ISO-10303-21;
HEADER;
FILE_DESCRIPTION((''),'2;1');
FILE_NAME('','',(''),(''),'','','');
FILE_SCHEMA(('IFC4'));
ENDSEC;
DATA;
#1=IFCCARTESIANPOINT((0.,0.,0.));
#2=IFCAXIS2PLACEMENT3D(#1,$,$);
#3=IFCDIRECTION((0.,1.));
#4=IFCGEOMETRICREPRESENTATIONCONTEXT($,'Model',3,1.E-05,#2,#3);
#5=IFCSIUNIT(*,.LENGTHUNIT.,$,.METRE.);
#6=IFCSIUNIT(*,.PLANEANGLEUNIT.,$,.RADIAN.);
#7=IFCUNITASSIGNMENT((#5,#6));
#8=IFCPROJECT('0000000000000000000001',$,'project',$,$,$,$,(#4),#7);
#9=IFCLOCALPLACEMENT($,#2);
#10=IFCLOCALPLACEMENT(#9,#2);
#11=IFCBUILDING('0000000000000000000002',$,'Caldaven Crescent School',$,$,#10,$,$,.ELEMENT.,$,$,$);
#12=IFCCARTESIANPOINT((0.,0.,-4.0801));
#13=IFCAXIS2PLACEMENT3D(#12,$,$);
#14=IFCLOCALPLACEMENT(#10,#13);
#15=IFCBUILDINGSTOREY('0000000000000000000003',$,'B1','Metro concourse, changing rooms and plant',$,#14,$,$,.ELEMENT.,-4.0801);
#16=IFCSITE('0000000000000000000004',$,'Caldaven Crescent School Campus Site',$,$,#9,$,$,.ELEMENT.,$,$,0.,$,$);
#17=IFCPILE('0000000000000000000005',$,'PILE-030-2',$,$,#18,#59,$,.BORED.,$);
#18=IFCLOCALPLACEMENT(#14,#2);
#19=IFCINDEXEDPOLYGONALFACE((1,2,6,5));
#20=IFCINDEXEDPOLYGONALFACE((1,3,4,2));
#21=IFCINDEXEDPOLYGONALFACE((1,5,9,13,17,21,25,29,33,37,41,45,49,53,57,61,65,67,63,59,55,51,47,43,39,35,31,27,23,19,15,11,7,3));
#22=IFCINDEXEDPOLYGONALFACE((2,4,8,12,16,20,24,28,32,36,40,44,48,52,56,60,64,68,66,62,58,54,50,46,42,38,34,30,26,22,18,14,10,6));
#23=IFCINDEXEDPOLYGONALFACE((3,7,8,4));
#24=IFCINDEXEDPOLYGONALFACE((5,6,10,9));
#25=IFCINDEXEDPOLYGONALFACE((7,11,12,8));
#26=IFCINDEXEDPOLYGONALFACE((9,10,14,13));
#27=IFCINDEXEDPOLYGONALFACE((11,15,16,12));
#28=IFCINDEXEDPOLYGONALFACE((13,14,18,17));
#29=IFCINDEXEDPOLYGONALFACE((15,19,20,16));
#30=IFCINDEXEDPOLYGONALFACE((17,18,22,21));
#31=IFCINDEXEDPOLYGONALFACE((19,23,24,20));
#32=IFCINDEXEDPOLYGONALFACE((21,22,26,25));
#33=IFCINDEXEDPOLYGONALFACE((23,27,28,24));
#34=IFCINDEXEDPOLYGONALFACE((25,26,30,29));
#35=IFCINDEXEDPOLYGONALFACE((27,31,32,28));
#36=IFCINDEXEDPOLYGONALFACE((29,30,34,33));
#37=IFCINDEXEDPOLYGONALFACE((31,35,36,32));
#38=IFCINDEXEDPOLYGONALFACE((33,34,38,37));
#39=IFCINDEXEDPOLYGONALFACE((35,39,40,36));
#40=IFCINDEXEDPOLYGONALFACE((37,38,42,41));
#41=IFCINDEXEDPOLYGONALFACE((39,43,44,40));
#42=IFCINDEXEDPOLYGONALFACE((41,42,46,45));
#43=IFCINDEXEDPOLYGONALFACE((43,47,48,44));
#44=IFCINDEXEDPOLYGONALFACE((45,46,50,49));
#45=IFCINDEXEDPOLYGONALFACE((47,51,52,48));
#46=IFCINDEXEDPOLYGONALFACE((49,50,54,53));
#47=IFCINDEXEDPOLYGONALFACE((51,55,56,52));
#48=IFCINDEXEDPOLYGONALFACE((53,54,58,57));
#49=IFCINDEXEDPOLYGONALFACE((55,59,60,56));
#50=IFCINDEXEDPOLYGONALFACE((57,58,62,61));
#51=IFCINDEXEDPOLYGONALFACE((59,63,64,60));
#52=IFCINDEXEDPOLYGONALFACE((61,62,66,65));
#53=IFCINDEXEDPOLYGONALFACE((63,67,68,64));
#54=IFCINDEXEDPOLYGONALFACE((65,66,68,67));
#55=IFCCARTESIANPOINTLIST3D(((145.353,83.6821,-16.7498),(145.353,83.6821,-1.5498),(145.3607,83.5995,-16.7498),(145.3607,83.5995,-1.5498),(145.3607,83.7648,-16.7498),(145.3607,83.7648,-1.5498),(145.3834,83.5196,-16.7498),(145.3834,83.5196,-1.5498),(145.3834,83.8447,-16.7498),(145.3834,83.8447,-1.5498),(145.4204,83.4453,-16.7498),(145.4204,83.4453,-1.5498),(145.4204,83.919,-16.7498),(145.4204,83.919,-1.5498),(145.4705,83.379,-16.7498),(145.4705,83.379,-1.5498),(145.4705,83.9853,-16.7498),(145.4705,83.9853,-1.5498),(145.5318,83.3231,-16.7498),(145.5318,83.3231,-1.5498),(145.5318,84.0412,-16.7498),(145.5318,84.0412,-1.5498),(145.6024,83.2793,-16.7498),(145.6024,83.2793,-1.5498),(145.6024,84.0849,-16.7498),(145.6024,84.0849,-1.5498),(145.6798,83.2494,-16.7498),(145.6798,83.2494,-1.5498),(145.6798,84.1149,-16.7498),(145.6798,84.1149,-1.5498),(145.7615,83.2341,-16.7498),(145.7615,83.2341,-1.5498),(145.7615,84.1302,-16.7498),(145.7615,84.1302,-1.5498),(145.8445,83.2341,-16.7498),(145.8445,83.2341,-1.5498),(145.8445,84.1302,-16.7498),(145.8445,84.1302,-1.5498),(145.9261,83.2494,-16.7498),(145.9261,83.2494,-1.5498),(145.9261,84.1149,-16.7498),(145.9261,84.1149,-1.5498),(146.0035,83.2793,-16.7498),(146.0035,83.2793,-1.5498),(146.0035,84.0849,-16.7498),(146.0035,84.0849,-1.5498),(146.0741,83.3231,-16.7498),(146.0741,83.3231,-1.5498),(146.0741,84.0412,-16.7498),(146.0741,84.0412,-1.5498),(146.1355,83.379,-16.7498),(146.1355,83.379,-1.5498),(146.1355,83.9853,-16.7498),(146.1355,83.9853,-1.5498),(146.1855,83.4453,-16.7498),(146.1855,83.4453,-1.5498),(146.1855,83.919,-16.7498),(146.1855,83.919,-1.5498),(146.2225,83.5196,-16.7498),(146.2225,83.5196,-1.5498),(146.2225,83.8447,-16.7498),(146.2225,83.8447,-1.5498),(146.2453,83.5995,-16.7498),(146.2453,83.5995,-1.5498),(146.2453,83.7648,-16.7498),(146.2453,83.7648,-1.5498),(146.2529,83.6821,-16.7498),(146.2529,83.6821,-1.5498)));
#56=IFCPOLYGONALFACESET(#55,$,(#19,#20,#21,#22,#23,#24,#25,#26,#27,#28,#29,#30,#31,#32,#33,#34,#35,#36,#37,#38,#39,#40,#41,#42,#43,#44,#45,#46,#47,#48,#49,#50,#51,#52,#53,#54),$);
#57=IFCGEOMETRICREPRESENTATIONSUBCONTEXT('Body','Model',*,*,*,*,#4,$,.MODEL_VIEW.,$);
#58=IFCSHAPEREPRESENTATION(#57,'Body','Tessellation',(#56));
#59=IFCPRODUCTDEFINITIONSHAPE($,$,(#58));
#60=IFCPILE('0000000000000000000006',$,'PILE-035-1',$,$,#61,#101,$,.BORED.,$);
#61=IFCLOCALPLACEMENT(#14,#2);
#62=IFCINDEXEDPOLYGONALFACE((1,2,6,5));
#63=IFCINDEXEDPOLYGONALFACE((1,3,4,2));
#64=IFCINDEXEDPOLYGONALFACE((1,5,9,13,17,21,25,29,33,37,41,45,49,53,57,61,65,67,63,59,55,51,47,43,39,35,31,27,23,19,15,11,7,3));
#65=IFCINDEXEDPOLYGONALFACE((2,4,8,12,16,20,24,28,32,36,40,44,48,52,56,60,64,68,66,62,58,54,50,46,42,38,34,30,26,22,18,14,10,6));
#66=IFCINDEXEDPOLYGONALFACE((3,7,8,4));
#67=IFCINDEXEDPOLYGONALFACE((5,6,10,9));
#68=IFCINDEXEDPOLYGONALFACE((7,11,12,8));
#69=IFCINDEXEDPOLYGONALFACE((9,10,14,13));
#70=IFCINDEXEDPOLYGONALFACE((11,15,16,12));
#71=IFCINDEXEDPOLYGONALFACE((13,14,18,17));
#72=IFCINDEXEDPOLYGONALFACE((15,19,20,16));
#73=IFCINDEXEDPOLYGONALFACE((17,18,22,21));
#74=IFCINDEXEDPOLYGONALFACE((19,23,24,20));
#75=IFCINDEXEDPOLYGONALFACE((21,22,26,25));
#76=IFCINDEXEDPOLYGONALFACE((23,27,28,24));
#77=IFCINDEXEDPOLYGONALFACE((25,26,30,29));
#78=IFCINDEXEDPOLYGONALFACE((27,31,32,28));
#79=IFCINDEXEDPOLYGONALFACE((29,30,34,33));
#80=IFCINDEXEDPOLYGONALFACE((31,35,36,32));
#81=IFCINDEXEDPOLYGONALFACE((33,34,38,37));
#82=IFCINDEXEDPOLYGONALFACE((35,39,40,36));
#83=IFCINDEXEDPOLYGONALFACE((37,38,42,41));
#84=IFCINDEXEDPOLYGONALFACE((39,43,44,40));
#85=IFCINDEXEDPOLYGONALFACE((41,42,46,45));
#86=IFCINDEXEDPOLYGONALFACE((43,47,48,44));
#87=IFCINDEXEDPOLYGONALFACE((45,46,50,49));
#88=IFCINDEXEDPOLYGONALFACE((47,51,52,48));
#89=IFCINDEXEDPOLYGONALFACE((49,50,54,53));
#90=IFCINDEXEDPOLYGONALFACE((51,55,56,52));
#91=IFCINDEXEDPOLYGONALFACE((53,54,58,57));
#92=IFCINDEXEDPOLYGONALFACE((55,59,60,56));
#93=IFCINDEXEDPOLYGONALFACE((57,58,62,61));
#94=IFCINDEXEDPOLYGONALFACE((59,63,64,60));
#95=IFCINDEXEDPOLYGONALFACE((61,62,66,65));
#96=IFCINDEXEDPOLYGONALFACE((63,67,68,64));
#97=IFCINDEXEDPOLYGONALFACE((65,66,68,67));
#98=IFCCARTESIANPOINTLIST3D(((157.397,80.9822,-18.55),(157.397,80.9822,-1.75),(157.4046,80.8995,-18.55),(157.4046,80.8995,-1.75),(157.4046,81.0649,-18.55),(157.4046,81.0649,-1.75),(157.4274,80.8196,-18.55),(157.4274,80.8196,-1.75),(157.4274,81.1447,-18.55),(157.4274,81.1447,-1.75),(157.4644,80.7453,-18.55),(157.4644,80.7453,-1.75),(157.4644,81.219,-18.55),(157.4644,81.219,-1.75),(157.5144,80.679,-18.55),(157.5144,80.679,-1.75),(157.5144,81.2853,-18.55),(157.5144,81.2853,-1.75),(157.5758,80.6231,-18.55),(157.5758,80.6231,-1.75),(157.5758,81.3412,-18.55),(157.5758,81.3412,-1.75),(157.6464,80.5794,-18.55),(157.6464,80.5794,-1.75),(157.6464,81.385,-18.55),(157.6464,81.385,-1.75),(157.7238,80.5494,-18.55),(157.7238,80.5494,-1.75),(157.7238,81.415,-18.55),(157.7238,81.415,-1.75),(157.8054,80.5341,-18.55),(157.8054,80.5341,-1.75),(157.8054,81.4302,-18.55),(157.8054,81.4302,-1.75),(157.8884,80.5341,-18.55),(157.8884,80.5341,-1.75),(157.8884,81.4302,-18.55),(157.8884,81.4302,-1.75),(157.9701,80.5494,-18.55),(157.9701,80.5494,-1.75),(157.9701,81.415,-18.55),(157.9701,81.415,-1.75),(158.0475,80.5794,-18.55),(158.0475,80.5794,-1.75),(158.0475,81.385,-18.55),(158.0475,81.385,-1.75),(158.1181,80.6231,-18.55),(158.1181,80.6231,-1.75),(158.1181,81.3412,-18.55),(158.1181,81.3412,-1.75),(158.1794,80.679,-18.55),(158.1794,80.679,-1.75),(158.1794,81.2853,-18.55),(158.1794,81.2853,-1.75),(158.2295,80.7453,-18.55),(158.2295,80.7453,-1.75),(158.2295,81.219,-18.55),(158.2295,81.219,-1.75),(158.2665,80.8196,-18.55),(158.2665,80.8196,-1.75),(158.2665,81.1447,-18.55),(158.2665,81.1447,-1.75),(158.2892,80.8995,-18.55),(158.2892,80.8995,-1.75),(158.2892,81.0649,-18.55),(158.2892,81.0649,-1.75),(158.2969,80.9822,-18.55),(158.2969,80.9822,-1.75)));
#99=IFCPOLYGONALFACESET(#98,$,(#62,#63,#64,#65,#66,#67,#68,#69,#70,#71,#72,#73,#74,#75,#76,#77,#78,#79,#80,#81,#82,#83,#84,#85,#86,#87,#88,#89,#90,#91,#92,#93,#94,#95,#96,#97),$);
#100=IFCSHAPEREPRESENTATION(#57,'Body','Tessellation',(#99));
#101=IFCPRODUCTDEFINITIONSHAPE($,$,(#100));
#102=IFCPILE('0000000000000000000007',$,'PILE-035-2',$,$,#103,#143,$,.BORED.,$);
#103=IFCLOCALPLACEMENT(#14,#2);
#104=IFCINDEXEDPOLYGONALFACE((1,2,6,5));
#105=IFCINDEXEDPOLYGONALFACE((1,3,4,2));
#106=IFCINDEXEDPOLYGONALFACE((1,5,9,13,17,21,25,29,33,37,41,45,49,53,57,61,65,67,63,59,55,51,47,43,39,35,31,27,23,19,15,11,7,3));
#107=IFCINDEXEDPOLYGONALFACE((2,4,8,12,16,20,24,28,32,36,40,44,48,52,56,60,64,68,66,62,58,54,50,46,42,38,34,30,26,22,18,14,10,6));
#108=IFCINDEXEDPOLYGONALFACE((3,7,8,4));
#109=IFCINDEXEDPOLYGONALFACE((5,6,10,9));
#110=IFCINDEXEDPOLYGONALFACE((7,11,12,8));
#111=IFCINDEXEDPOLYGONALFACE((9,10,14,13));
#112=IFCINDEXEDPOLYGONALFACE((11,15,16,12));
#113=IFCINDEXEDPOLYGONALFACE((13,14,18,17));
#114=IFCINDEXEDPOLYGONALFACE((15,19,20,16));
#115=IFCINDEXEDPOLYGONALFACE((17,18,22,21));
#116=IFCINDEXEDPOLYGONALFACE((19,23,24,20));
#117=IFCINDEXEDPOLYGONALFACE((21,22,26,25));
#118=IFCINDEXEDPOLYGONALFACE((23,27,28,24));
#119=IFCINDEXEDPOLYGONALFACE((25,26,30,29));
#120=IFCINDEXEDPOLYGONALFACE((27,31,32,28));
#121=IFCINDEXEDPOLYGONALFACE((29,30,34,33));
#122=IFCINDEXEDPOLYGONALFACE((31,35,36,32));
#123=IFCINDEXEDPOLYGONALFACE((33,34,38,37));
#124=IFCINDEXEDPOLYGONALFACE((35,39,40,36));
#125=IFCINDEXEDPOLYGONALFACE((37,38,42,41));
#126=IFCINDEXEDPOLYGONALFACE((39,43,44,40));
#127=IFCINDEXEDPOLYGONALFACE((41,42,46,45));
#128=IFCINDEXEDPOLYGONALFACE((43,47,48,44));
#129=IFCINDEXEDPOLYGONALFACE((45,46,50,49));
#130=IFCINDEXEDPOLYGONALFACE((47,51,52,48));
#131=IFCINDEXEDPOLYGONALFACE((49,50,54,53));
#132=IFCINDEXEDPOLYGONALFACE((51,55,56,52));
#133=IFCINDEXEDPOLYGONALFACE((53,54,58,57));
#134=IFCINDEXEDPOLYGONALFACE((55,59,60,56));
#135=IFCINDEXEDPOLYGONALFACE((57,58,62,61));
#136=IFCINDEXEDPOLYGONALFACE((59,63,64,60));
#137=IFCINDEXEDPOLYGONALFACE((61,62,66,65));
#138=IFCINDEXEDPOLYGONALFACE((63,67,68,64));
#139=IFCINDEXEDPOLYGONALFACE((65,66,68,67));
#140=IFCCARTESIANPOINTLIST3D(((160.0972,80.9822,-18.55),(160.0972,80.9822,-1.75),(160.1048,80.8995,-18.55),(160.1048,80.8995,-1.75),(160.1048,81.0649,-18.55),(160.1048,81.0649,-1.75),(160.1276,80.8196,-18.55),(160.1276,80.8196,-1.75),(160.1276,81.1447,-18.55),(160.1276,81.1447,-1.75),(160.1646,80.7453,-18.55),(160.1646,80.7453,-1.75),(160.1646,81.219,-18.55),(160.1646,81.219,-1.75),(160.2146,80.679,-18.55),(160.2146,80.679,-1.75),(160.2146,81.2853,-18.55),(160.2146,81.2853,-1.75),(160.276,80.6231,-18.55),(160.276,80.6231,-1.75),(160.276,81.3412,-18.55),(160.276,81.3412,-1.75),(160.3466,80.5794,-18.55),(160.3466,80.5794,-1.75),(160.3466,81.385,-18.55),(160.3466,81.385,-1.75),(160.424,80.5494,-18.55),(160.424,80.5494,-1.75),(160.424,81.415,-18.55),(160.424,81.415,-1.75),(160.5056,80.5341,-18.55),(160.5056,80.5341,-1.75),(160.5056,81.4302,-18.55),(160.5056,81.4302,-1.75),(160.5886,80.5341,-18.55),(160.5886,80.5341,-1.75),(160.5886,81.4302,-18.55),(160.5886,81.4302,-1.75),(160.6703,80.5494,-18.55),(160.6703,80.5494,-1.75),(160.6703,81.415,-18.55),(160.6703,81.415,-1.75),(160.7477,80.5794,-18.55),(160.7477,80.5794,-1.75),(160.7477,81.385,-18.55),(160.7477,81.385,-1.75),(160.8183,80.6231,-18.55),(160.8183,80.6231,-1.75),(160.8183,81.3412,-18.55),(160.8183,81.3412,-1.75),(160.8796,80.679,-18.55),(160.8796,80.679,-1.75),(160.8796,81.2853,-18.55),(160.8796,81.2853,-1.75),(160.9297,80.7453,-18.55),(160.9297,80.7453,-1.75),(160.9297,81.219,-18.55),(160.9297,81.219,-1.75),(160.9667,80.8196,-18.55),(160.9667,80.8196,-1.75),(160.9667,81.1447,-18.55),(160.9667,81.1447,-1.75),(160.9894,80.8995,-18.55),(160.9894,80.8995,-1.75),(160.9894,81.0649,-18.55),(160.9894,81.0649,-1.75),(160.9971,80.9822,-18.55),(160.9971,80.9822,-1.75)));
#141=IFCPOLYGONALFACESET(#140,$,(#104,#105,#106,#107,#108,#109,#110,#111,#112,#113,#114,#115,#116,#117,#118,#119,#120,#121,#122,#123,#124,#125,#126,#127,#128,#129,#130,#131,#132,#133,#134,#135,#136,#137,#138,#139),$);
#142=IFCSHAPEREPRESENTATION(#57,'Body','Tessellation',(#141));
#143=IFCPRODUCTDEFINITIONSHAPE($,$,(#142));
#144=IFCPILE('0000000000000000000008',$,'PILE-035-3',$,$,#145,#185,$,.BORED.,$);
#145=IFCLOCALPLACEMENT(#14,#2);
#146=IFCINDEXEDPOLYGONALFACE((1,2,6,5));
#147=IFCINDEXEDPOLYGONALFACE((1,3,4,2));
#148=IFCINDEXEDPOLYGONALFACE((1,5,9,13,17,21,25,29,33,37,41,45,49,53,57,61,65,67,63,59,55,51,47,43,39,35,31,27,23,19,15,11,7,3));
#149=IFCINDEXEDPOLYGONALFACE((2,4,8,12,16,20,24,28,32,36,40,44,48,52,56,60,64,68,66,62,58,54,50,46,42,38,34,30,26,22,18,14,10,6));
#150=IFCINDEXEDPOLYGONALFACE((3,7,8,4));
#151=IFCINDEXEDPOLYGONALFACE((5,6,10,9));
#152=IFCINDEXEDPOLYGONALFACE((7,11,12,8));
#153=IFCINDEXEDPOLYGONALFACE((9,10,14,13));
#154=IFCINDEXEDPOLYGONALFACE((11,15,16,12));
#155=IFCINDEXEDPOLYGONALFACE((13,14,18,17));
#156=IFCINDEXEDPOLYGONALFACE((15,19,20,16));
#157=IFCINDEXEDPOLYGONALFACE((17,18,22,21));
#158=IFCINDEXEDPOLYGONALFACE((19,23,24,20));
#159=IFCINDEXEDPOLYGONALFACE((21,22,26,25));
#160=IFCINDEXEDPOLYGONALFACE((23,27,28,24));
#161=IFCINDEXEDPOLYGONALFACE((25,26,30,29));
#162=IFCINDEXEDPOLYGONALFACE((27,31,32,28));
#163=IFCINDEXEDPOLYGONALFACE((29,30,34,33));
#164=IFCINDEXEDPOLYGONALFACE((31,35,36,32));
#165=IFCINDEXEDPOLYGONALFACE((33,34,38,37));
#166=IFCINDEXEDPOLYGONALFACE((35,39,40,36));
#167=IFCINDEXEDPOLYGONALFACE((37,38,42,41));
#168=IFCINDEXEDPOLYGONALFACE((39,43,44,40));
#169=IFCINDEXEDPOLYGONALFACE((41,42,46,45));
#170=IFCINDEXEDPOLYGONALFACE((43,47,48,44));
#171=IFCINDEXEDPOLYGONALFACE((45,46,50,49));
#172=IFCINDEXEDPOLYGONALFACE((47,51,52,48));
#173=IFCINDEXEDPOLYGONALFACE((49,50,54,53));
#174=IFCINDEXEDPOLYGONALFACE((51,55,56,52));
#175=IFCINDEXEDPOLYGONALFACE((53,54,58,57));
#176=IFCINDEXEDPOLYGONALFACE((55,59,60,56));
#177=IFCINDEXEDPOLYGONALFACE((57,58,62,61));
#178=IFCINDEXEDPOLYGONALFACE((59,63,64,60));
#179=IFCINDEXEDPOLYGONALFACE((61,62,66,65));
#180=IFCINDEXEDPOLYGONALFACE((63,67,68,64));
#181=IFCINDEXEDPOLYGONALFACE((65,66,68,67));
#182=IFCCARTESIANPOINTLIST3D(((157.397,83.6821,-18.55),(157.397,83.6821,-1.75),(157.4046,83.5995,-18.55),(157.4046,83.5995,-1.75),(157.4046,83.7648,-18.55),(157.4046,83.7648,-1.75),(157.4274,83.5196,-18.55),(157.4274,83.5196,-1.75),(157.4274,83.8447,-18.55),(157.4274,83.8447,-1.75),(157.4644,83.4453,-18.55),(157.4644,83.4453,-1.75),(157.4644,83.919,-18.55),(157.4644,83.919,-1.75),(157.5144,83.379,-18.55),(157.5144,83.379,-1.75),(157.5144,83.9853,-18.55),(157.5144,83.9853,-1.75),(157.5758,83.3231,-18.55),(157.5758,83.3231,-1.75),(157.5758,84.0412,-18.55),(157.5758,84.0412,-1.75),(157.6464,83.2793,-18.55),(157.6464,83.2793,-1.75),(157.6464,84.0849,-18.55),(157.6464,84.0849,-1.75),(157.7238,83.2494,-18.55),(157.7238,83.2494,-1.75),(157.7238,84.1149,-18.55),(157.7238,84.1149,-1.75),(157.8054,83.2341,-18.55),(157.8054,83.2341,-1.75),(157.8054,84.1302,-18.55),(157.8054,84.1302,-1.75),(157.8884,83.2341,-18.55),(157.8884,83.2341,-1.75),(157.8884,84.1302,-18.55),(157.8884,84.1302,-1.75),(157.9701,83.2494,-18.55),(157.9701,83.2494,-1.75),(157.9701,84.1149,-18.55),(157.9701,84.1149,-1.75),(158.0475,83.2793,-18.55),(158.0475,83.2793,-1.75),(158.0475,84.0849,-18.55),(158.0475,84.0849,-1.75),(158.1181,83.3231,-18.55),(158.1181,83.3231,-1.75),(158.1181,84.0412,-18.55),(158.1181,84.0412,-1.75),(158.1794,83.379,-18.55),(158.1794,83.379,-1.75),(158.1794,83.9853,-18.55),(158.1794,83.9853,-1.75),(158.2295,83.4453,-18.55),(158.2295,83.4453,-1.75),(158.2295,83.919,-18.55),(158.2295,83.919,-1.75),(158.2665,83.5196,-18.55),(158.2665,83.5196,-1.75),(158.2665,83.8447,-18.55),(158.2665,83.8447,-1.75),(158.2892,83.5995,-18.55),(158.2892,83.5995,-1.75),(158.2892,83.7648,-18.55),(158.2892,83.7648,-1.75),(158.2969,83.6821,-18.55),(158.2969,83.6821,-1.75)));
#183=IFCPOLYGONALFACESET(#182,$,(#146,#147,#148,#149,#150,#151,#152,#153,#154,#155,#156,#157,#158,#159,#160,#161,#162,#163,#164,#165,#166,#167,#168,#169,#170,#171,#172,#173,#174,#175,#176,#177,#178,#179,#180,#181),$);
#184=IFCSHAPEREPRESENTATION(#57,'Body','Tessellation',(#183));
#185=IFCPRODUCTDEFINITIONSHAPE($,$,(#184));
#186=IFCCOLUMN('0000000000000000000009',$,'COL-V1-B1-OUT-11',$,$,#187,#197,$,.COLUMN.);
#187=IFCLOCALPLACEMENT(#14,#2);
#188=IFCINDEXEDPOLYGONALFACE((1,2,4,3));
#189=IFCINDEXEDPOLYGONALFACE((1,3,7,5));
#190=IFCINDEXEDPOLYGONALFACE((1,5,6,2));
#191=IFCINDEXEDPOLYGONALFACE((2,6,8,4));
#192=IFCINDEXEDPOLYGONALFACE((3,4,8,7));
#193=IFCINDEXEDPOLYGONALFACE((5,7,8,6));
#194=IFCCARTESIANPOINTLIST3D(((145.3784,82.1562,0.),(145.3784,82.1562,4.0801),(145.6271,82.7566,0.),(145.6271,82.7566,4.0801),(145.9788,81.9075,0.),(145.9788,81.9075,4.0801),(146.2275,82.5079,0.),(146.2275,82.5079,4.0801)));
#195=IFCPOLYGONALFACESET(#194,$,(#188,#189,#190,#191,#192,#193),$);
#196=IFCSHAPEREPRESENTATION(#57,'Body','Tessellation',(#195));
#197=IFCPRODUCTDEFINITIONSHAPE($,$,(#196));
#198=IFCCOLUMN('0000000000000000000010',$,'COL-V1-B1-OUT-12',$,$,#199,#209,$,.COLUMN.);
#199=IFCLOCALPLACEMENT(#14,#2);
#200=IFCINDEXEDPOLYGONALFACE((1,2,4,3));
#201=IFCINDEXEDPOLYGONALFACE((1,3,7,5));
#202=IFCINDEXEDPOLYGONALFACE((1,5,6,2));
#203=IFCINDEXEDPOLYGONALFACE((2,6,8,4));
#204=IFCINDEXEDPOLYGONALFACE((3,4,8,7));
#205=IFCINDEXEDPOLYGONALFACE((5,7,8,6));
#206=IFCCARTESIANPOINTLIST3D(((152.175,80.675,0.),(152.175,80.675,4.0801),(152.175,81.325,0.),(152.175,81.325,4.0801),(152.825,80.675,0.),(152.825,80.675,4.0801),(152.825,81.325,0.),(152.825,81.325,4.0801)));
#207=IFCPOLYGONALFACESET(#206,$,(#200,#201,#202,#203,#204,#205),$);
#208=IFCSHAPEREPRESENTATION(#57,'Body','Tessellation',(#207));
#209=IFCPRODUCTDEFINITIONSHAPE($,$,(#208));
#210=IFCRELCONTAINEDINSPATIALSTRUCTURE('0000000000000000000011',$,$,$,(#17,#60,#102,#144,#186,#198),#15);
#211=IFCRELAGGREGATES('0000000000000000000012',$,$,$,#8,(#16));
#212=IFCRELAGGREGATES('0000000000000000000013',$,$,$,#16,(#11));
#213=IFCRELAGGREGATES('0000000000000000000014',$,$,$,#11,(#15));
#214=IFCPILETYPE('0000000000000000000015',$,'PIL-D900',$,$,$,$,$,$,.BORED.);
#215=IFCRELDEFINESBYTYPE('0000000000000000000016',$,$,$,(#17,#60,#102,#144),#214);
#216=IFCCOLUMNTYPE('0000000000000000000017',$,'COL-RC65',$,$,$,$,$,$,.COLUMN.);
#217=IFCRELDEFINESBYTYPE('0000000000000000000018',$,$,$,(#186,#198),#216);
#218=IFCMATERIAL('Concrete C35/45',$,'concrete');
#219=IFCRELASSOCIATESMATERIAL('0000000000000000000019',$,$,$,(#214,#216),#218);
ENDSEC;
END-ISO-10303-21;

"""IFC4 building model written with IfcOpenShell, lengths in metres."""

from ifc_helpers import new_model, si_unit, direction, frame, origin, origin_2d, place, context, subcontext, project, spatial, rectangle, circle, extrude, material, material_profile, profile_set, type_object, element, save


model = new_model("IFC4")

# Units and contexts
model_context = context("Model", 3, precision=1e-05, world=origin(), true_north=direction((0.0, 1.0)))
body_context = subcontext(model_context, "Body", "Model", "MODEL_VIEW")
ifc_project = project(units=[si_unit("LENGTHUNIT", "METRE"), si_unit("PLANEANGLEUNIT", "RADIAN")], contexts=[model_context])

# Site, building, storey
site_placement = place(None, origin())
site = spatial("IfcSite", under=ifc_project, at=site_placement, Name="Caldaven Crescent School Campus Site", CompositionType="ELEMENT", RefElevation=0.0)
building_placement = place(site_placement, origin())
building = spatial("IfcBuilding", under=site, at=building_placement, Name="Caldaven Crescent School", CompositionType="ELEMENT")
storey_placement = place(building_placement, frame((0.0, 0.0, -4.0801)))
storey = spatial("IfcBuildingStorey", under=building, at=storey_placement, Name="B1", Description="Metro concourse, changing rooms and plant", CompositionType="ELEMENT", Elevation=-4.0801)

# Shared definitions
ifc_material_1 = material(Name="Concrete C35/45", Category="concrete")

# Piles
ifc_material_profile_1 = material_profile(ifc_material_1, circle(Radius=0.45, at=origin_2d()), Name="PILE D900")
ifc_profile_set_1 = profile_set([ifc_material_profile_1], Name="Concrete C35/45")
pile_type_1 = type_object("IfcPileType", Name="PIL-D900", PredefinedType="BORED", material=ifc_profile_set_1)
for number, where, z_axis, x_axis, name in (
    (1, (145.803, 83.6821, -1.5498), (0.0, 0.0, -1.0), (1.0, 0.0, 0.0), "PILE-030-2"),
):
    element("IfcPile", number, at=place(storey_placement, frame(where, z_axis=z_axis, x_axis=x_axis)), inside=storey, type_object=pile_type_1, Name=name, PredefinedType="BORED", context=body_context, shape_type="SweptSolid", body=[
        extrude(circle(Radius=0.45, at=origin_2d()), origin(), (0.0, 0.0, 1.0), 15.2),
    ])
for number, where, z_axis, x_axis, name in (
    (2, (157.8469, 80.9822, -1.75), (0.0, 0.0, -1.0), (1.0, 0.0, 0.0), "PILE-035-1"),
    (3, (160.5471, 80.9822, -1.75), (0.0, 0.0, -1.0), (1.0, 0.0, 0.0), "PILE-035-2"),
    (4, (157.8469, 83.6821, -1.75), (0.0, 0.0, -1.0), (1.0, 0.0, 0.0), "PILE-035-3"),
):
    element("IfcPile", number, at=place(storey_placement, frame(where, z_axis=z_axis, x_axis=x_axis)), inside=storey, type_object=pile_type_1, Name=name, PredefinedType="BORED", context=body_context, shape_type="SweptSolid", body=[
        extrude(circle(Radius=0.45, at=origin_2d()), origin(), (0.0, 0.0, 1.0), 16.8),
    ])

# Columns
ifc_material_profile_2 = material_profile(ifc_material_1, rectangle(XDim=0.6499, YDim=0.6499, at=origin_2d()), Name="RC 650x650")
ifc_profile_set_2 = profile_set([ifc_material_profile_2], Name="Concrete C35/45")
column_type_1 = type_object("IfcColumnType", Name="COL-RC65", PredefinedType="COLUMN", material=ifc_profile_set_2)
for number, where, z_axis, x_axis, name in (
    (5, (145.803, 82.332, 0.0), (0.0, 0.0, 1.0), (-0.382683, -0.92388, 0.0), "COL-V1-B1-OUT-11"),
    (6, (152.5, 81.0, 0.0), (0.0, 0.0, 1.0), (0.0, -1.0, 0.0), "COL-V1-B1-OUT-12"),
):
    element("IfcColumn", number, at=place(storey_placement, frame(where, z_axis=z_axis, x_axis=x_axis)), inside=storey, type_object=column_type_1, Name=name, PredefinedType="COLUMN", context=body_context, shape_type="SweptSolid", body=[
        extrude(rectangle(XDim=0.6499, YDim=0.6499, at=origin_2d()), origin(), (0.0, 0.0, 1.0), 4.0801),
    ])

save(model, "model.ifc")
